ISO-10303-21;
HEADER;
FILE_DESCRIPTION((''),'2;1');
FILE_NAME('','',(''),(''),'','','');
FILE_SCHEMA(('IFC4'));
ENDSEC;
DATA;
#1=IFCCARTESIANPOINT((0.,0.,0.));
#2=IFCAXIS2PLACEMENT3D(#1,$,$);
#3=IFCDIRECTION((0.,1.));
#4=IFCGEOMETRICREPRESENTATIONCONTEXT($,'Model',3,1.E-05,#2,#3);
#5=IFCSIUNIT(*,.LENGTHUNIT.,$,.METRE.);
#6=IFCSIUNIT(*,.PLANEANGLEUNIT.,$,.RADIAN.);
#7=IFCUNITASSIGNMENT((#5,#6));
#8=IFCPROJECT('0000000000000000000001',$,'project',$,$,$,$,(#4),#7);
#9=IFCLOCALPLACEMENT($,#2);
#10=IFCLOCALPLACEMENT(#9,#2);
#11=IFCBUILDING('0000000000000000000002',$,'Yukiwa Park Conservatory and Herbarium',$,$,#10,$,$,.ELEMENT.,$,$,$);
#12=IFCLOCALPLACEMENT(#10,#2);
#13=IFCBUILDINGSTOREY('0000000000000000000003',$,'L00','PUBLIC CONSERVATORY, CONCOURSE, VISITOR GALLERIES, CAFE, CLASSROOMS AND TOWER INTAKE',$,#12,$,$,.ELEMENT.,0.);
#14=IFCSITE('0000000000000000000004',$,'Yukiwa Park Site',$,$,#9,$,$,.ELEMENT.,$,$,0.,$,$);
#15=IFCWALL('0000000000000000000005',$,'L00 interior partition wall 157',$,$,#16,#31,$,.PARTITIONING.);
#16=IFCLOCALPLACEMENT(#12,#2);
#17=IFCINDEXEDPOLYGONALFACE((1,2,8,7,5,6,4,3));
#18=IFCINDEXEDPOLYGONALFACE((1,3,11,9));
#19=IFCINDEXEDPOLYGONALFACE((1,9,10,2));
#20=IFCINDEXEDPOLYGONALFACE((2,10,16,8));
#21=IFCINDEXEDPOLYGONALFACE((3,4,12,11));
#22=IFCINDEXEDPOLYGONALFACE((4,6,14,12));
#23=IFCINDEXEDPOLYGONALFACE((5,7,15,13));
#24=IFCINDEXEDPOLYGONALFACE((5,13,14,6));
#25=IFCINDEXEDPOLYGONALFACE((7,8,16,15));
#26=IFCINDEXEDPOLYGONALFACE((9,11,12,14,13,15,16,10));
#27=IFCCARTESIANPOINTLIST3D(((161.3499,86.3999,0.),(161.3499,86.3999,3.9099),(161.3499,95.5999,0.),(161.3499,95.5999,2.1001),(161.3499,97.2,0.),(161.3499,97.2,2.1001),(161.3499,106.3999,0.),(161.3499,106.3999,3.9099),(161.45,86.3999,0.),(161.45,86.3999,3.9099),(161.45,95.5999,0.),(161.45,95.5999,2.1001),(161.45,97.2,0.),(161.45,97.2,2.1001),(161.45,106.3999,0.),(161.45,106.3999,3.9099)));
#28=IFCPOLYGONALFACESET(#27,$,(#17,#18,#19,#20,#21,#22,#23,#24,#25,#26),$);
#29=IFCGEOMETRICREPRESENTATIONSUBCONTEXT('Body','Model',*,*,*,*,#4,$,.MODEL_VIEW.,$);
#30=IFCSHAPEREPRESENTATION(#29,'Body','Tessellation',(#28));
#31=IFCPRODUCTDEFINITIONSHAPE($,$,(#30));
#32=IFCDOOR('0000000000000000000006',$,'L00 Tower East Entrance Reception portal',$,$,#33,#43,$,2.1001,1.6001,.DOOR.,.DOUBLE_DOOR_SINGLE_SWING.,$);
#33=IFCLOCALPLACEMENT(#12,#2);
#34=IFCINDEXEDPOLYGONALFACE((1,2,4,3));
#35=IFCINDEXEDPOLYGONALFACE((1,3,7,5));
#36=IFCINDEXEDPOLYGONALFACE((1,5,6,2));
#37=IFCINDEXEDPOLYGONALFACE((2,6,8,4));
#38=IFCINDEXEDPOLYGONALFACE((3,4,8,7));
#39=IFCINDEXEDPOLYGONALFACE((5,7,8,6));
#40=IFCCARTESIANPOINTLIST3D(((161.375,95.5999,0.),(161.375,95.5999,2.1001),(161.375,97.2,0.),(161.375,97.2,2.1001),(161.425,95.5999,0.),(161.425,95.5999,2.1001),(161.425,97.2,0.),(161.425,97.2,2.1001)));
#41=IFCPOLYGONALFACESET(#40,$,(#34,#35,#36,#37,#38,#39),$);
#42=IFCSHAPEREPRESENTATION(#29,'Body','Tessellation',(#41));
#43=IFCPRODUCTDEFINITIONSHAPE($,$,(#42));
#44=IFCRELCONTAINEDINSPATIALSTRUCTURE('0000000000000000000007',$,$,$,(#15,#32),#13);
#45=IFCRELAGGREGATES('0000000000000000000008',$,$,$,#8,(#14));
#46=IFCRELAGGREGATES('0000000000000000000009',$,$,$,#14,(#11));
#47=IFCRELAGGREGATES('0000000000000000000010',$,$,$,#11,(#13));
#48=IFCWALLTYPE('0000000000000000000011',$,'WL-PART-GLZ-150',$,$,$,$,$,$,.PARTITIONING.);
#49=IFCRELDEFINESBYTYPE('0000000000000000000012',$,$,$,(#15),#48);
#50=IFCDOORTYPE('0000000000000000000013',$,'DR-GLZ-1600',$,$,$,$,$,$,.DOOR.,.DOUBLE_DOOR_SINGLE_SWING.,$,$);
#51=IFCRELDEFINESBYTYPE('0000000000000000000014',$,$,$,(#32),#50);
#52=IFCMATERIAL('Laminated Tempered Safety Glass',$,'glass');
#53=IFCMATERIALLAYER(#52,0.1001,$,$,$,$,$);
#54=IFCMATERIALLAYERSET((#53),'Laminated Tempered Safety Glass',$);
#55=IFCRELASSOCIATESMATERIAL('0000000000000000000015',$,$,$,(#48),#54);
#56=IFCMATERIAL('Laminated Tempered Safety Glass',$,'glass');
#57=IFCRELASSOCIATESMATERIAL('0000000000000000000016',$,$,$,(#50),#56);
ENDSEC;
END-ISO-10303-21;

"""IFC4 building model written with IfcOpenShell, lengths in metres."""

from ifc_helpers import new_model, si_unit, direction, frame, frame_2d, origin, place, context, subcontext, project, spatial, rectangle, extrude, material, layer, layer_set, type_object, element, fill, save


model = new_model("IFC4")

# Units and contexts
model_context = context("Model", 3, precision=1e-05, world=origin(), true_north=direction((0.0, 1.0)))
body_context = subcontext(model_context, "Body", "Model", "MODEL_VIEW")
ifc_project = project(units=[si_unit("LENGTHUNIT", "METRE"), si_unit("PLANEANGLEUNIT", "RADIAN")], contexts=[model_context])

# Site, building, storey
site_placement = place(None, origin())
site = spatial("IfcSite", under=ifc_project, at=site_placement, Name="Yukiwa Park Site", CompositionType="ELEMENT", RefElevation=0.0)
building_placement = place(site_placement, origin())
building = spatial("IfcBuilding", under=site, at=building_placement, Name="Yukiwa Park Conservatory and Herbarium", CompositionType="ELEMENT")
storey_placement = place(building_placement, origin())
storey = spatial("IfcBuildingStorey", under=building, at=storey_placement, Name="L00", Description="PUBLIC CONSERVATORY, CONCOURSE, VISITOR GALLERIES, CAFE, CLASSROOMS AND TOWER INTAKE", CompositionType="ELEMENT", Elevation=0.0)

# Wall, opening, door
ifc_material_1 = material(Name="Laminated Tempered Safety Glass", Category="glass")
ifc_layer_1 = layer(ifc_material_1, 0.1001)
ifc_layer_set_1 = layer_set([ifc_layer_1], Name="Laminated Tempered Safety Glass")
wall_type_1 = type_object("IfcWallType", Name="WL-PART-GLZ-150", PredefinedType="PARTITIONING", material=ifc_layer_set_1)
wall_1_placement = place(storey_placement, frame((161.3999, 86.3999, 0.0), z_axis=(0.0, 0.0, 1.0), x_axis=(0.0, 1.0, 0.0)))
wall_1 = element("IfcWall", 1, at=wall_1_placement, inside=storey, type_object=wall_type_1, Name="L00 interior partition wall 157", PredefinedType="PARTITIONING", context=body_context, shape_type="SweptSolid", body=[
    extrude(rectangle(XDim=20.0, YDim=0.1001, at=frame_2d((10.0, 0.0))), origin(), (0.0, 0.0, 1.0), 3.9099),
])
opening_1_placement = place(wall_1_placement, frame((9.2, 0.0, 0.0)))
opening_1 = element("IfcOpeningElement", 2, at=opening_1_placement, cuts=wall_1, PredefinedType="OPENING", context=body_context, shape_type="SweptSolid", body=[
    extrude(rectangle(XDim=1.6001, YDim=2.1001, at=frame_2d((0.8, 1.05))), frame((0.0, 0.0601, 0.0), z_axis=(0.0, -1.0, 0.0), x_axis=(1.0, 0.0, 0.0)), (0.0, 0.0, 1.0), 0.1201),
])
ifc_material_2 = material(Name="Laminated Tempered Safety Glass", Category="glass")
door_type_1 = type_object("IfcDoorType", Name="DR-GLZ-1600", OperationType="DOUBLE_DOOR_SINGLE_SWING", PredefinedType="DOOR", material=ifc_material_2)
door_1_placement = place(opening_1_placement, origin())
door_1 = element("IfcDoor", 3, at=door_1_placement, inside=storey, type_object=door_type_1, Name="L00 Tower East Entrance Reception portal", OperationType="DOUBLE_DOOR_SINGLE_SWING", OverallHeight=2.1001, OverallWidth=1.6001, PredefinedType="DOOR", context=body_context, shape_type="SweptSolid", body=[
    extrude(rectangle(XDim=1.6001, YDim=2.1001, at=frame_2d((0.8, 1.05))), frame((0.0, 0.0249, 0.0), z_axis=(0.0, -1.0, 0.0), x_axis=(1.0, 0.0, 0.0)), (0.0, 0.0, 1.0), 0.05),
])
fill(opening_1, door_1)

save(model, "model.ifc")
